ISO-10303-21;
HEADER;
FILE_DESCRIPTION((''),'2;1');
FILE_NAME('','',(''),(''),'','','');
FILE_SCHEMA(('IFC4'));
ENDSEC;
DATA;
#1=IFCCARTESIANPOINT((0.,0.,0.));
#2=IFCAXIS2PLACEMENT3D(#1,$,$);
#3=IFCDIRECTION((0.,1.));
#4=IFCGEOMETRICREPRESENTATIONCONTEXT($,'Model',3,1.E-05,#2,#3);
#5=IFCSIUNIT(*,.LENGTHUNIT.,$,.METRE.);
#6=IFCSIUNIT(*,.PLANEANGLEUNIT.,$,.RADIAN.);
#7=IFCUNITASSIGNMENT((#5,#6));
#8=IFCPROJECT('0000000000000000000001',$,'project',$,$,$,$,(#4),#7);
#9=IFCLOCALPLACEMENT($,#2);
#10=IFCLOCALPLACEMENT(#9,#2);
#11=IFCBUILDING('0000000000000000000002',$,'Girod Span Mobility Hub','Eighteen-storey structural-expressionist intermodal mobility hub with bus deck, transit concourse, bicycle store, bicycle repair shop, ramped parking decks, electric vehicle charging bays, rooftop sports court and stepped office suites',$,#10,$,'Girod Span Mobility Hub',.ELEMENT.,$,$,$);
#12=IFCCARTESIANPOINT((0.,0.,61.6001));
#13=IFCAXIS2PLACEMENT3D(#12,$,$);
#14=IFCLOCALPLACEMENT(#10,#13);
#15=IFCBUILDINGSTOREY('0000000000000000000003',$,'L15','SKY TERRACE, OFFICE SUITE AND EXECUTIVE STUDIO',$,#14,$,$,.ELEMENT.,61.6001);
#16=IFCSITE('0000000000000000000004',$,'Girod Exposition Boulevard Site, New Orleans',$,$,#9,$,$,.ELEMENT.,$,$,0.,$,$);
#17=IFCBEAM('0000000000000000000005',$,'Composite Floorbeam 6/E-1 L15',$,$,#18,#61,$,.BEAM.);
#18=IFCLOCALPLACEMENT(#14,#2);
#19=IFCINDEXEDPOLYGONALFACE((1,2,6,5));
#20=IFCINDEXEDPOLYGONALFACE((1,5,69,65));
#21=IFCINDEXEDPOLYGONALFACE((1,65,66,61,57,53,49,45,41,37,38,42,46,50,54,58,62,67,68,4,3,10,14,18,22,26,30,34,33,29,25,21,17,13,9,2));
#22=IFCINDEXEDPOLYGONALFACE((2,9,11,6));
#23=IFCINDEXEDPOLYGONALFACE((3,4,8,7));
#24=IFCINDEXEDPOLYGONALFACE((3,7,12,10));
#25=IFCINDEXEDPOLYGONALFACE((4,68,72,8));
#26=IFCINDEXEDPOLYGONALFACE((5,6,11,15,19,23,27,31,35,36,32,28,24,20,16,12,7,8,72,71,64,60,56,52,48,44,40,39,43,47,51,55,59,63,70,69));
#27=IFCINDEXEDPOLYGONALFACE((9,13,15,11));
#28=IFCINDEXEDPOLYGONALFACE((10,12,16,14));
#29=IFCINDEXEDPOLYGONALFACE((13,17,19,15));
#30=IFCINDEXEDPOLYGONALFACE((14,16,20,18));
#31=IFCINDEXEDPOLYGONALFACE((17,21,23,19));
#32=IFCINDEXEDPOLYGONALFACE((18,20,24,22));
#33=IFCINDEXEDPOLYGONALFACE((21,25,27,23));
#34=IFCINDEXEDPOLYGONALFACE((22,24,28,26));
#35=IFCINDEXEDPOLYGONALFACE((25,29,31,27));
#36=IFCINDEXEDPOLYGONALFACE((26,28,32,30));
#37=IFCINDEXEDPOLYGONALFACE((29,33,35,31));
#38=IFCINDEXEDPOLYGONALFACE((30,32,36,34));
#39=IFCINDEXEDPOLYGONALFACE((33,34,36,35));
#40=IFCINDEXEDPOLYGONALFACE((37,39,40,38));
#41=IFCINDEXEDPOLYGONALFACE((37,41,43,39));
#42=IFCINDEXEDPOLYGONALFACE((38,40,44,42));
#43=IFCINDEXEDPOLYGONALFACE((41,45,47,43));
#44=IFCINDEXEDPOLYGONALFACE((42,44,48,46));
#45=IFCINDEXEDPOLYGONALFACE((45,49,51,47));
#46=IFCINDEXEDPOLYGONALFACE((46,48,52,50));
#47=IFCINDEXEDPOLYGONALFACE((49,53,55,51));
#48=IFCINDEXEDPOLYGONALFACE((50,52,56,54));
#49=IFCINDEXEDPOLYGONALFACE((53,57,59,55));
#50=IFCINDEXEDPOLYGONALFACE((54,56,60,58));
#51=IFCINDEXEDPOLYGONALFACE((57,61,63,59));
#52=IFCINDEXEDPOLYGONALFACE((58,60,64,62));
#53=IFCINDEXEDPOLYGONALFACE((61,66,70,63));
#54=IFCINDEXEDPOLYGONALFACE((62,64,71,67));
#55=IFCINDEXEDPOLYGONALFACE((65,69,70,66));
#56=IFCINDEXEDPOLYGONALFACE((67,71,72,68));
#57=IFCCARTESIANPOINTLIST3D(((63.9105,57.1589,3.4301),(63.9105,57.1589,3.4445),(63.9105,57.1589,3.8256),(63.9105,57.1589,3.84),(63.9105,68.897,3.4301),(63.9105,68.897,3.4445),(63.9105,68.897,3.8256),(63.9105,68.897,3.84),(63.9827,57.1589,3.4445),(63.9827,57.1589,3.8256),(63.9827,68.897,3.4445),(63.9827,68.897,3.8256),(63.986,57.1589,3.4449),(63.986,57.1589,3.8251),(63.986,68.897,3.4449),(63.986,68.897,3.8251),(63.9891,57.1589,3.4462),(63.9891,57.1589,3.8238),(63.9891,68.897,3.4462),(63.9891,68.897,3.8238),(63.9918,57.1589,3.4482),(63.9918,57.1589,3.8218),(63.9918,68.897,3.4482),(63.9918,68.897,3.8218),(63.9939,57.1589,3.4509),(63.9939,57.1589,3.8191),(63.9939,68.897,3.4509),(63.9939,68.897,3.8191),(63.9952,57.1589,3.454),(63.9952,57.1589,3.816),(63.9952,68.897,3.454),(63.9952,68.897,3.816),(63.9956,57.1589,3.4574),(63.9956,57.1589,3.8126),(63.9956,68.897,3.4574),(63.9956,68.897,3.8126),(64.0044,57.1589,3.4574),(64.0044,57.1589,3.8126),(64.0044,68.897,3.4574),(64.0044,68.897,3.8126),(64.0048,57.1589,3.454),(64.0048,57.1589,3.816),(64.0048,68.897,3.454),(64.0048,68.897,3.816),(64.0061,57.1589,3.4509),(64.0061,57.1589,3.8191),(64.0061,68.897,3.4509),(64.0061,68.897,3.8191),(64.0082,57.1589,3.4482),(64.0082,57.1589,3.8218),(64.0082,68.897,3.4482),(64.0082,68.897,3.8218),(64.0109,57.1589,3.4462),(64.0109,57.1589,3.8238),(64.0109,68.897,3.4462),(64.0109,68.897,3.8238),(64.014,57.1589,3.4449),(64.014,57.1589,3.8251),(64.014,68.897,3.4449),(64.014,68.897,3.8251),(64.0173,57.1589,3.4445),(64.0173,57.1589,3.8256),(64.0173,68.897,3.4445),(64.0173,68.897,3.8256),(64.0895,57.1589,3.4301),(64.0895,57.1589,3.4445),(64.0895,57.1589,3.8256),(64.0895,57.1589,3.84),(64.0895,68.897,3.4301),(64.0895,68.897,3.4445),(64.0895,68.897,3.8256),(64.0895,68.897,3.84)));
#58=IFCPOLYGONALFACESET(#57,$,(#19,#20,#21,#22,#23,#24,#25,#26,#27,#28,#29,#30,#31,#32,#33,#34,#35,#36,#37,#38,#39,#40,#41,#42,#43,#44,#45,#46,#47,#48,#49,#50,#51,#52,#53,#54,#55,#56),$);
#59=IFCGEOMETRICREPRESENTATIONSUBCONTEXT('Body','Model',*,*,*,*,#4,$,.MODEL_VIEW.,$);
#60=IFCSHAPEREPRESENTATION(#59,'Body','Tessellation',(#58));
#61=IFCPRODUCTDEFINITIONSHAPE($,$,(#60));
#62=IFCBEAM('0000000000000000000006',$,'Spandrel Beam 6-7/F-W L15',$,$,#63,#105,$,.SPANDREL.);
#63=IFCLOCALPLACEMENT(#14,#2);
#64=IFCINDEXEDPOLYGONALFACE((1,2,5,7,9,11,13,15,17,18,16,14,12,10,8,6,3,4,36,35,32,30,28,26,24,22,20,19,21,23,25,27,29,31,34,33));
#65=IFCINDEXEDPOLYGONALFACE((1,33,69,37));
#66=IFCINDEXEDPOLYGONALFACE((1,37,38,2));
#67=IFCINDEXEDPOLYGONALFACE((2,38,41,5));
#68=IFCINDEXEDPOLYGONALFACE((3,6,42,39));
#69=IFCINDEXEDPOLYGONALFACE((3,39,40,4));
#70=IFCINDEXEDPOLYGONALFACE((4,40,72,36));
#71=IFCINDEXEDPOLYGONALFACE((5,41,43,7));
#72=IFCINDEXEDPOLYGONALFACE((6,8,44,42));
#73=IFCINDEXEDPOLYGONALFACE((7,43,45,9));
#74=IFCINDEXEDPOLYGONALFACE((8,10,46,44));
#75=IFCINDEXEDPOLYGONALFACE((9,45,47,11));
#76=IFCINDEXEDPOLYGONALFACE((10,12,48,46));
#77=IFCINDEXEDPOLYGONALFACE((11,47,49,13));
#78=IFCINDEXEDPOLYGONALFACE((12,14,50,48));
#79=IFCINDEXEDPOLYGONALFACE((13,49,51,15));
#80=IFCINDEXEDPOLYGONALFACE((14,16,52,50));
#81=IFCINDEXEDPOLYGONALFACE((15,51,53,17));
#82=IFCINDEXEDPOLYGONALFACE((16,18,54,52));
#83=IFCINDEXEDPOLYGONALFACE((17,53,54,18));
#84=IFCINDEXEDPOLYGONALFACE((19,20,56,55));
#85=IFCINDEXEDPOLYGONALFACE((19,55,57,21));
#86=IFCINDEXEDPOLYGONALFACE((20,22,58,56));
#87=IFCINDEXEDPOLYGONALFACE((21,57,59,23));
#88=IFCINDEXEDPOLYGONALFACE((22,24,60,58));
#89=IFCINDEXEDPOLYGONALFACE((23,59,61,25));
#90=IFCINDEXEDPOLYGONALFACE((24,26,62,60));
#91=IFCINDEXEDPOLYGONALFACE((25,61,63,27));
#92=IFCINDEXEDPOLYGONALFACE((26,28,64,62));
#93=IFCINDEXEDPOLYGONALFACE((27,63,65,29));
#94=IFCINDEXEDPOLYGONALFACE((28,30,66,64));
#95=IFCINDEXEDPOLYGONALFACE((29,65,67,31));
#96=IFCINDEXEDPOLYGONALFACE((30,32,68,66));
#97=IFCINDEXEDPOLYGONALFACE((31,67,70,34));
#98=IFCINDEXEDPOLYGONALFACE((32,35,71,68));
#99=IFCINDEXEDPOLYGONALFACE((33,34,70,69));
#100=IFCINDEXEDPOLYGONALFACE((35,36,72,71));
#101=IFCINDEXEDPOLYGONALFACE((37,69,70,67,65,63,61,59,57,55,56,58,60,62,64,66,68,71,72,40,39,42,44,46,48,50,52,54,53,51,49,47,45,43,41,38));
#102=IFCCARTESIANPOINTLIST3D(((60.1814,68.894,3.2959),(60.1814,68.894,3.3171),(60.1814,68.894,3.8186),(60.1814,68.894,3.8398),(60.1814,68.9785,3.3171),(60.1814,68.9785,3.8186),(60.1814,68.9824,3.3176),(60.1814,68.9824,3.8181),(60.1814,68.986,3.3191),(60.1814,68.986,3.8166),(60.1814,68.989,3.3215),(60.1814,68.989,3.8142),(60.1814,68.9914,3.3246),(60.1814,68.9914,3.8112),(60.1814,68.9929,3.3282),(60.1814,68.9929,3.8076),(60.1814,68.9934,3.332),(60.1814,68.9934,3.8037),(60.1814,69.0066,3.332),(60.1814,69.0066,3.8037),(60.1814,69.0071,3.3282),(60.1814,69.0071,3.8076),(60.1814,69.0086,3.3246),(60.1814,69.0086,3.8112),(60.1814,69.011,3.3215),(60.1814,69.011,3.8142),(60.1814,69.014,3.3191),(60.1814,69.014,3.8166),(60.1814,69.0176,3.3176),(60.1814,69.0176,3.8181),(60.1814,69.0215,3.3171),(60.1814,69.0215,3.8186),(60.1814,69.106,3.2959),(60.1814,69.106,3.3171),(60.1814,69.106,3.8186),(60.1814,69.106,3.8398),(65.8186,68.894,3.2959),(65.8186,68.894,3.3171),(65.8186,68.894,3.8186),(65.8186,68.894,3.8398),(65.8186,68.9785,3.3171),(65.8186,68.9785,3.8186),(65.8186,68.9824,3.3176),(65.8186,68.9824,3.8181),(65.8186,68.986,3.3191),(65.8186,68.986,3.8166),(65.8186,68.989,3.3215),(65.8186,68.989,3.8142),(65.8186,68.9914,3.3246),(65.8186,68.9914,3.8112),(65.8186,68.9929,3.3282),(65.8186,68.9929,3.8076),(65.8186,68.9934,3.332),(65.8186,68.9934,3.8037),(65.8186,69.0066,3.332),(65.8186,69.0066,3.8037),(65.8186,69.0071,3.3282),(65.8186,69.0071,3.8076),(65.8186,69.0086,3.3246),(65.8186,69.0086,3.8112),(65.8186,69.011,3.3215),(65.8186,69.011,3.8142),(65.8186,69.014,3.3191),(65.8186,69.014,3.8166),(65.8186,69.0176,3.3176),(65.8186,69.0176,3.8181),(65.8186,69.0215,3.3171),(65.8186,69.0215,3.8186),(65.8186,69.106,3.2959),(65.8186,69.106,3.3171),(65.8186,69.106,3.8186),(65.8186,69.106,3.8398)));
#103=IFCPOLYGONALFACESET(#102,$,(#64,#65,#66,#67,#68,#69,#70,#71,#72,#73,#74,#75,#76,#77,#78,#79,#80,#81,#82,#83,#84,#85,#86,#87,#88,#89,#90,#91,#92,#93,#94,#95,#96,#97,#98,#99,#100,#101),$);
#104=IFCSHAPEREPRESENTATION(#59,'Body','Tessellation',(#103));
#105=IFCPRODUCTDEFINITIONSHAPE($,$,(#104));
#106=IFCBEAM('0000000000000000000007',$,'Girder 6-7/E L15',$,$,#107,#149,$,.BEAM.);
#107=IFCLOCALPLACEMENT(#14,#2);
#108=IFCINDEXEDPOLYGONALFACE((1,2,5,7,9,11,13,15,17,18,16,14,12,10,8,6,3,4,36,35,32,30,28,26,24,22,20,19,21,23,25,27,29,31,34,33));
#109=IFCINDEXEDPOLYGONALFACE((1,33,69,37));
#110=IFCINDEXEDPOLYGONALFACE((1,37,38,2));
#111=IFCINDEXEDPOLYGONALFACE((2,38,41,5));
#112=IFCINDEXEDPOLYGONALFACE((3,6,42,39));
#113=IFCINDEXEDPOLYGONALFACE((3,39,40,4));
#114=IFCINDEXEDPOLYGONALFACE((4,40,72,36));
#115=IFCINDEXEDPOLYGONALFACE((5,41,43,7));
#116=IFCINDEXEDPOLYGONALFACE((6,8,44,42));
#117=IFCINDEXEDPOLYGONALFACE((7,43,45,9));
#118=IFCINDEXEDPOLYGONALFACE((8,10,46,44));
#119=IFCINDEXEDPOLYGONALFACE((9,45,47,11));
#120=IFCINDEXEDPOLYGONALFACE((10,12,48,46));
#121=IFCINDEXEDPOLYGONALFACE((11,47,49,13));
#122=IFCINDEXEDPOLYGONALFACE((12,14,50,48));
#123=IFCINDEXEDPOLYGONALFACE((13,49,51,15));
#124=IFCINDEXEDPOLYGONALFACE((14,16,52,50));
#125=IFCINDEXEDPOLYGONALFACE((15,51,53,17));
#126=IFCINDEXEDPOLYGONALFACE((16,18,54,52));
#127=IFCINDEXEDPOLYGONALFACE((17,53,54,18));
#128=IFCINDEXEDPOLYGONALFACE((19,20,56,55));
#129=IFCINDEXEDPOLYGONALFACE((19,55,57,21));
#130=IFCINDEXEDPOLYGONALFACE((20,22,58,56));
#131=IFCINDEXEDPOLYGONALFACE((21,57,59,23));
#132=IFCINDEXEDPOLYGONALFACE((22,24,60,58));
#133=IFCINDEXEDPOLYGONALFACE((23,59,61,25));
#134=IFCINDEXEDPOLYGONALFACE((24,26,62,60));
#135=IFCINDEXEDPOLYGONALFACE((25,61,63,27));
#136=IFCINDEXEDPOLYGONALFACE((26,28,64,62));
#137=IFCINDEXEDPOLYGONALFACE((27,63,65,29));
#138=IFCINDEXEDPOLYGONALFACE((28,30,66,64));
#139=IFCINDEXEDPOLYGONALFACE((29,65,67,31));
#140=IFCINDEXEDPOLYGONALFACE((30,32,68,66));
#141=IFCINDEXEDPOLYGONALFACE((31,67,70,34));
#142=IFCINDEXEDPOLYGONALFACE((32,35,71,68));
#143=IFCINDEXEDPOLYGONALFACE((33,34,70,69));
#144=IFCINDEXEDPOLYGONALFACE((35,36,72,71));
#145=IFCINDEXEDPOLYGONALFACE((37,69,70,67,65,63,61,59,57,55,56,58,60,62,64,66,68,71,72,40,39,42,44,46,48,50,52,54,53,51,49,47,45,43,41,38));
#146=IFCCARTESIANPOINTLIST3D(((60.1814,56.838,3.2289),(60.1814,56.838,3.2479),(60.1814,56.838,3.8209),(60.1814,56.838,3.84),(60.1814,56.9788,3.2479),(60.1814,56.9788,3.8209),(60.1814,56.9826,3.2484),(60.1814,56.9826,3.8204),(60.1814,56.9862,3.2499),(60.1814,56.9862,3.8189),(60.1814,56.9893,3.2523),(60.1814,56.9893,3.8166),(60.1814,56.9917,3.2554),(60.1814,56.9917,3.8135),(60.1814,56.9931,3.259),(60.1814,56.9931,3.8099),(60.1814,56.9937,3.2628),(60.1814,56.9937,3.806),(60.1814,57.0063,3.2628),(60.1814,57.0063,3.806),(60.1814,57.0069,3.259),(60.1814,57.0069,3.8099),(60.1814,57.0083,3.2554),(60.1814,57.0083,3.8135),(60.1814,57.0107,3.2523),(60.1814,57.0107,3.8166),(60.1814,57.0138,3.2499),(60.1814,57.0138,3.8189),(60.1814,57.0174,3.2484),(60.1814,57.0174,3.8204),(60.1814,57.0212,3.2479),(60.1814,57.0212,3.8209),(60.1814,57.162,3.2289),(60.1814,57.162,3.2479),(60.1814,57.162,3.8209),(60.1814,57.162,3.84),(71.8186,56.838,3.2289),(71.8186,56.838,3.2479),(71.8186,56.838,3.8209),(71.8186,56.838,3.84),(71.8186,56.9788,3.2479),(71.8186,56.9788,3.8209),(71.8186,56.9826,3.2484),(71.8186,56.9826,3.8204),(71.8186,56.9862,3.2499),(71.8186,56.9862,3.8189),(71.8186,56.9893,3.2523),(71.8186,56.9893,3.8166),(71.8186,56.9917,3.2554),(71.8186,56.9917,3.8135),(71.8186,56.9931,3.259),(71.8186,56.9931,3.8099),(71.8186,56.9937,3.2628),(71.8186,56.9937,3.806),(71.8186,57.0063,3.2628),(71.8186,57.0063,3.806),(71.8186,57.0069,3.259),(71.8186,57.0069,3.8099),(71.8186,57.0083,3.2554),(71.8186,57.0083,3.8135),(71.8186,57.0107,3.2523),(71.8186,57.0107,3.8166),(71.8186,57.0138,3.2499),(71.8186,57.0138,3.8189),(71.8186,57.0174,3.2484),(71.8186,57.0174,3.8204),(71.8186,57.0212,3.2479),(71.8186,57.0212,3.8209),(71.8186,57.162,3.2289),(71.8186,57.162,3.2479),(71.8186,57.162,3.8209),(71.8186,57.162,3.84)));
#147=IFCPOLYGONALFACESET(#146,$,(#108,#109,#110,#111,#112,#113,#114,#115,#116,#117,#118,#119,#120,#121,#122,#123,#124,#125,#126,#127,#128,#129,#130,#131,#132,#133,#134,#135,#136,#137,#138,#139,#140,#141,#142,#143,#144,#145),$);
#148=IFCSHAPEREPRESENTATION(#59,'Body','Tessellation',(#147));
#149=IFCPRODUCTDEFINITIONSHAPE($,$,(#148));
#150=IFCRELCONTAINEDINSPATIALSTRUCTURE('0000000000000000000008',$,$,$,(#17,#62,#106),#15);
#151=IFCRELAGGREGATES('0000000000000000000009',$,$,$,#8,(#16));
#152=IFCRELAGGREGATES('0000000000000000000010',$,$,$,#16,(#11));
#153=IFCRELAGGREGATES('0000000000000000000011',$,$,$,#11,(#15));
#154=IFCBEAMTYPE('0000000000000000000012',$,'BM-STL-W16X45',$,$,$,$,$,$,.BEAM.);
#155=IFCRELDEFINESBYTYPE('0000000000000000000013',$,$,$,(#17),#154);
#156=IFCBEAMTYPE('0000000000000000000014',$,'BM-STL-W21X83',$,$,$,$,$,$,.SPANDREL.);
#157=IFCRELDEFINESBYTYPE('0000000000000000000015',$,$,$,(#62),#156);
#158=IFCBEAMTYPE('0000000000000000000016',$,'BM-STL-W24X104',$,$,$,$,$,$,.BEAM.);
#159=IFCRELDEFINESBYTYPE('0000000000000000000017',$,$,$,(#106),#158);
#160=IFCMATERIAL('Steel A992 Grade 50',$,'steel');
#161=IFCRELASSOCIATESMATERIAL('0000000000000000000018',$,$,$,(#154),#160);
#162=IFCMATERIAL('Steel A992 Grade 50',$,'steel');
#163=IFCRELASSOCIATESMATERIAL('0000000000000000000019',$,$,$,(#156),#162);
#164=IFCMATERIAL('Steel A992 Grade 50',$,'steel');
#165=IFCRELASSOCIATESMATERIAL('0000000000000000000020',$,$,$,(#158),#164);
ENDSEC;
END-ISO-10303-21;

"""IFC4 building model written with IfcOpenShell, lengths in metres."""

from ifc_helpers import new_model, si_unit, direction, frame, origin, origin_2d, place, context, subcontext, project, spatial, i_section, extrude, material, material_profile, profile_set, type_object, element, save


model = new_model("IFC4")

# Units and contexts
model_context = context("Model", 3, precision=1e-05, world=origin(), true_north=direction((0.0, 1.0)))
body_context = subcontext(model_context, "Body", "Model", "MODEL_VIEW")
ifc_project = project(units=[si_unit("LENGTHUNIT", "METRE"), si_unit("PLANEANGLEUNIT", "RADIAN")], contexts=[model_context])

# Site, building, storey
site_placement = place(None, origin())
site = spatial("IfcSite", under=ifc_project, at=site_placement, Name="Girod Exposition Boulevard Site, New Orleans", CompositionType="ELEMENT", RefElevation=0.0)
building_placement = place(site_placement, origin())
building = spatial("IfcBuilding", under=site, at=building_placement, Name="Girod Span Mobility Hub", Description="Eighteen-storey structural-expressionist intermodal mobility hub with bus deck, transit concourse, bicycle store, bicycle repair shop, ramped parking decks, electric vehicle charging bays, rooftop sports court and stepped office suites", LongName="Girod Span Mobility Hub", CompositionType="ELEMENT")
storey_placement = place(building_placement, frame((0.0, 0.0, 61.6001)))
storey = spatial("IfcBuildingStorey", under=building, at=storey_placement, Name="L15", Description="SKY TERRACE, OFFICE SUITE AND EXECUTIVE STUDIO", CompositionType="ELEMENT", Elevation=61.6001)

# Beams
ifc_material_1 = material(Name="Steel A992 Grade 50", Category="steel")
ifc_material_profile_1 = material_profile(ifc_material_1, i_section(OverallWidth=0.179, OverallDepth=0.4099, WebThickness=0.0088, FlangeThickness=0.0144, FilletRadius=0.0129, at=origin_2d()), Name="W16X45")
ifc_profile_set_1 = profile_set([ifc_material_profile_1], Name="Steel A992 Grade 50")
beam_type_1 = type_object("IfcBeamType", Name="BM-STL-W16X45", PredefinedType="BEAM", material=ifc_profile_set_1)
beam_1_placement = place(storey_placement, frame((64.0, 57.1589, 3.635), z_axis=(0.0, 1.0, 0.0), x_axis=(-1.0, 0.0, 0.0)))
element("IfcBeam", 1, at=beam_1_placement, inside=storey, type_object=beam_type_1, Name="Composite Floorbeam 6/E-1 L15", PredefinedType="BEAM", context=body_context, shape_type="SweptSolid", body=[
    extrude(i_section(OverallWidth=0.179, OverallDepth=0.4099, WebThickness=0.0088, FlangeThickness=0.0144, FilletRadius=0.0129, at=origin_2d()), origin(), (0.0, 0.0, 1.0), 11.738),
])
ifc_material_2 = material(Name="Steel A992 Grade 50", Category="steel")
ifc_material_profile_2 = material_profile(ifc_material_2, i_section(OverallWidth=0.2119, OverallDepth=0.5439, WebThickness=0.0132, FlangeThickness=0.0212, FilletRadius=0.0149, at=origin_2d()), Name="W21X83")
ifc_profile_set_2 = profile_set([ifc_material_profile_2], Name="Steel A992 Grade 50")
beam_type_2 = type_object("IfcBeamType", Name="BM-STL-W21X83", PredefinedType="SPANDREL", material=ifc_profile_set_2)
beam_2_placement = place(storey_placement, frame((60.1814, 69.0, 3.5679), z_axis=(1.0, 0.0, 0.0), x_axis=(0.0, 1.0, 0.0)))
element("IfcBeam", 2, at=beam_2_placement, inside=storey, type_object=beam_type_2, Name="Spandrel Beam 6-7/F-W L15", PredefinedType="SPANDREL", context=body_context, shape_type="SweptSolid", body=[
    extrude(i_section(OverallWidth=0.2119, OverallDepth=0.5439, WebThickness=0.0132, FlangeThickness=0.0212, FilletRadius=0.0149, at=origin_2d()), origin(), (0.0, 0.0, 1.0), 5.6372),
])
ifc_material_3 = material(Name="Steel A992 Grade 50", Category="steel")
ifc_material_profile_3 = material_profile(ifc_material_3, i_section(OverallWidth=0.324, OverallDepth=0.6111, WebThickness=0.0127, FlangeThickness=0.019, FilletRadius=0.0149, at=origin_2d()), Name="W24X104")
ifc_profile_set_3 = profile_set([ifc_material_profile_3], Name="Steel A992 Grade 50")
beam_type_3 = type_object("IfcBeamType", Name="BM-STL-W24X104", PredefinedType="BEAM", material=ifc_profile_set_3)
beam_3_placement = place(storey_placement, frame((60.1814, 57.0, 3.5344), z_axis=(1.0, 0.0, 0.0), x_axis=(0.0, 1.0, 0.0)))
element("IfcBeam", 3, at=beam_3_placement, inside=storey, type_object=beam_type_3, Name="Girder 6-7/E L15", PredefinedType="BEAM", context=body_context, shape_type="SweptSolid", body=[
    extrude(i_section(OverallWidth=0.324, OverallDepth=0.6111, WebThickness=0.0127, FlangeThickness=0.019, FilletRadius=0.0149, at=origin_2d()), origin(), (0.0, 0.0, 1.0), 11.6372),
])

save(model, "model.ifc")
